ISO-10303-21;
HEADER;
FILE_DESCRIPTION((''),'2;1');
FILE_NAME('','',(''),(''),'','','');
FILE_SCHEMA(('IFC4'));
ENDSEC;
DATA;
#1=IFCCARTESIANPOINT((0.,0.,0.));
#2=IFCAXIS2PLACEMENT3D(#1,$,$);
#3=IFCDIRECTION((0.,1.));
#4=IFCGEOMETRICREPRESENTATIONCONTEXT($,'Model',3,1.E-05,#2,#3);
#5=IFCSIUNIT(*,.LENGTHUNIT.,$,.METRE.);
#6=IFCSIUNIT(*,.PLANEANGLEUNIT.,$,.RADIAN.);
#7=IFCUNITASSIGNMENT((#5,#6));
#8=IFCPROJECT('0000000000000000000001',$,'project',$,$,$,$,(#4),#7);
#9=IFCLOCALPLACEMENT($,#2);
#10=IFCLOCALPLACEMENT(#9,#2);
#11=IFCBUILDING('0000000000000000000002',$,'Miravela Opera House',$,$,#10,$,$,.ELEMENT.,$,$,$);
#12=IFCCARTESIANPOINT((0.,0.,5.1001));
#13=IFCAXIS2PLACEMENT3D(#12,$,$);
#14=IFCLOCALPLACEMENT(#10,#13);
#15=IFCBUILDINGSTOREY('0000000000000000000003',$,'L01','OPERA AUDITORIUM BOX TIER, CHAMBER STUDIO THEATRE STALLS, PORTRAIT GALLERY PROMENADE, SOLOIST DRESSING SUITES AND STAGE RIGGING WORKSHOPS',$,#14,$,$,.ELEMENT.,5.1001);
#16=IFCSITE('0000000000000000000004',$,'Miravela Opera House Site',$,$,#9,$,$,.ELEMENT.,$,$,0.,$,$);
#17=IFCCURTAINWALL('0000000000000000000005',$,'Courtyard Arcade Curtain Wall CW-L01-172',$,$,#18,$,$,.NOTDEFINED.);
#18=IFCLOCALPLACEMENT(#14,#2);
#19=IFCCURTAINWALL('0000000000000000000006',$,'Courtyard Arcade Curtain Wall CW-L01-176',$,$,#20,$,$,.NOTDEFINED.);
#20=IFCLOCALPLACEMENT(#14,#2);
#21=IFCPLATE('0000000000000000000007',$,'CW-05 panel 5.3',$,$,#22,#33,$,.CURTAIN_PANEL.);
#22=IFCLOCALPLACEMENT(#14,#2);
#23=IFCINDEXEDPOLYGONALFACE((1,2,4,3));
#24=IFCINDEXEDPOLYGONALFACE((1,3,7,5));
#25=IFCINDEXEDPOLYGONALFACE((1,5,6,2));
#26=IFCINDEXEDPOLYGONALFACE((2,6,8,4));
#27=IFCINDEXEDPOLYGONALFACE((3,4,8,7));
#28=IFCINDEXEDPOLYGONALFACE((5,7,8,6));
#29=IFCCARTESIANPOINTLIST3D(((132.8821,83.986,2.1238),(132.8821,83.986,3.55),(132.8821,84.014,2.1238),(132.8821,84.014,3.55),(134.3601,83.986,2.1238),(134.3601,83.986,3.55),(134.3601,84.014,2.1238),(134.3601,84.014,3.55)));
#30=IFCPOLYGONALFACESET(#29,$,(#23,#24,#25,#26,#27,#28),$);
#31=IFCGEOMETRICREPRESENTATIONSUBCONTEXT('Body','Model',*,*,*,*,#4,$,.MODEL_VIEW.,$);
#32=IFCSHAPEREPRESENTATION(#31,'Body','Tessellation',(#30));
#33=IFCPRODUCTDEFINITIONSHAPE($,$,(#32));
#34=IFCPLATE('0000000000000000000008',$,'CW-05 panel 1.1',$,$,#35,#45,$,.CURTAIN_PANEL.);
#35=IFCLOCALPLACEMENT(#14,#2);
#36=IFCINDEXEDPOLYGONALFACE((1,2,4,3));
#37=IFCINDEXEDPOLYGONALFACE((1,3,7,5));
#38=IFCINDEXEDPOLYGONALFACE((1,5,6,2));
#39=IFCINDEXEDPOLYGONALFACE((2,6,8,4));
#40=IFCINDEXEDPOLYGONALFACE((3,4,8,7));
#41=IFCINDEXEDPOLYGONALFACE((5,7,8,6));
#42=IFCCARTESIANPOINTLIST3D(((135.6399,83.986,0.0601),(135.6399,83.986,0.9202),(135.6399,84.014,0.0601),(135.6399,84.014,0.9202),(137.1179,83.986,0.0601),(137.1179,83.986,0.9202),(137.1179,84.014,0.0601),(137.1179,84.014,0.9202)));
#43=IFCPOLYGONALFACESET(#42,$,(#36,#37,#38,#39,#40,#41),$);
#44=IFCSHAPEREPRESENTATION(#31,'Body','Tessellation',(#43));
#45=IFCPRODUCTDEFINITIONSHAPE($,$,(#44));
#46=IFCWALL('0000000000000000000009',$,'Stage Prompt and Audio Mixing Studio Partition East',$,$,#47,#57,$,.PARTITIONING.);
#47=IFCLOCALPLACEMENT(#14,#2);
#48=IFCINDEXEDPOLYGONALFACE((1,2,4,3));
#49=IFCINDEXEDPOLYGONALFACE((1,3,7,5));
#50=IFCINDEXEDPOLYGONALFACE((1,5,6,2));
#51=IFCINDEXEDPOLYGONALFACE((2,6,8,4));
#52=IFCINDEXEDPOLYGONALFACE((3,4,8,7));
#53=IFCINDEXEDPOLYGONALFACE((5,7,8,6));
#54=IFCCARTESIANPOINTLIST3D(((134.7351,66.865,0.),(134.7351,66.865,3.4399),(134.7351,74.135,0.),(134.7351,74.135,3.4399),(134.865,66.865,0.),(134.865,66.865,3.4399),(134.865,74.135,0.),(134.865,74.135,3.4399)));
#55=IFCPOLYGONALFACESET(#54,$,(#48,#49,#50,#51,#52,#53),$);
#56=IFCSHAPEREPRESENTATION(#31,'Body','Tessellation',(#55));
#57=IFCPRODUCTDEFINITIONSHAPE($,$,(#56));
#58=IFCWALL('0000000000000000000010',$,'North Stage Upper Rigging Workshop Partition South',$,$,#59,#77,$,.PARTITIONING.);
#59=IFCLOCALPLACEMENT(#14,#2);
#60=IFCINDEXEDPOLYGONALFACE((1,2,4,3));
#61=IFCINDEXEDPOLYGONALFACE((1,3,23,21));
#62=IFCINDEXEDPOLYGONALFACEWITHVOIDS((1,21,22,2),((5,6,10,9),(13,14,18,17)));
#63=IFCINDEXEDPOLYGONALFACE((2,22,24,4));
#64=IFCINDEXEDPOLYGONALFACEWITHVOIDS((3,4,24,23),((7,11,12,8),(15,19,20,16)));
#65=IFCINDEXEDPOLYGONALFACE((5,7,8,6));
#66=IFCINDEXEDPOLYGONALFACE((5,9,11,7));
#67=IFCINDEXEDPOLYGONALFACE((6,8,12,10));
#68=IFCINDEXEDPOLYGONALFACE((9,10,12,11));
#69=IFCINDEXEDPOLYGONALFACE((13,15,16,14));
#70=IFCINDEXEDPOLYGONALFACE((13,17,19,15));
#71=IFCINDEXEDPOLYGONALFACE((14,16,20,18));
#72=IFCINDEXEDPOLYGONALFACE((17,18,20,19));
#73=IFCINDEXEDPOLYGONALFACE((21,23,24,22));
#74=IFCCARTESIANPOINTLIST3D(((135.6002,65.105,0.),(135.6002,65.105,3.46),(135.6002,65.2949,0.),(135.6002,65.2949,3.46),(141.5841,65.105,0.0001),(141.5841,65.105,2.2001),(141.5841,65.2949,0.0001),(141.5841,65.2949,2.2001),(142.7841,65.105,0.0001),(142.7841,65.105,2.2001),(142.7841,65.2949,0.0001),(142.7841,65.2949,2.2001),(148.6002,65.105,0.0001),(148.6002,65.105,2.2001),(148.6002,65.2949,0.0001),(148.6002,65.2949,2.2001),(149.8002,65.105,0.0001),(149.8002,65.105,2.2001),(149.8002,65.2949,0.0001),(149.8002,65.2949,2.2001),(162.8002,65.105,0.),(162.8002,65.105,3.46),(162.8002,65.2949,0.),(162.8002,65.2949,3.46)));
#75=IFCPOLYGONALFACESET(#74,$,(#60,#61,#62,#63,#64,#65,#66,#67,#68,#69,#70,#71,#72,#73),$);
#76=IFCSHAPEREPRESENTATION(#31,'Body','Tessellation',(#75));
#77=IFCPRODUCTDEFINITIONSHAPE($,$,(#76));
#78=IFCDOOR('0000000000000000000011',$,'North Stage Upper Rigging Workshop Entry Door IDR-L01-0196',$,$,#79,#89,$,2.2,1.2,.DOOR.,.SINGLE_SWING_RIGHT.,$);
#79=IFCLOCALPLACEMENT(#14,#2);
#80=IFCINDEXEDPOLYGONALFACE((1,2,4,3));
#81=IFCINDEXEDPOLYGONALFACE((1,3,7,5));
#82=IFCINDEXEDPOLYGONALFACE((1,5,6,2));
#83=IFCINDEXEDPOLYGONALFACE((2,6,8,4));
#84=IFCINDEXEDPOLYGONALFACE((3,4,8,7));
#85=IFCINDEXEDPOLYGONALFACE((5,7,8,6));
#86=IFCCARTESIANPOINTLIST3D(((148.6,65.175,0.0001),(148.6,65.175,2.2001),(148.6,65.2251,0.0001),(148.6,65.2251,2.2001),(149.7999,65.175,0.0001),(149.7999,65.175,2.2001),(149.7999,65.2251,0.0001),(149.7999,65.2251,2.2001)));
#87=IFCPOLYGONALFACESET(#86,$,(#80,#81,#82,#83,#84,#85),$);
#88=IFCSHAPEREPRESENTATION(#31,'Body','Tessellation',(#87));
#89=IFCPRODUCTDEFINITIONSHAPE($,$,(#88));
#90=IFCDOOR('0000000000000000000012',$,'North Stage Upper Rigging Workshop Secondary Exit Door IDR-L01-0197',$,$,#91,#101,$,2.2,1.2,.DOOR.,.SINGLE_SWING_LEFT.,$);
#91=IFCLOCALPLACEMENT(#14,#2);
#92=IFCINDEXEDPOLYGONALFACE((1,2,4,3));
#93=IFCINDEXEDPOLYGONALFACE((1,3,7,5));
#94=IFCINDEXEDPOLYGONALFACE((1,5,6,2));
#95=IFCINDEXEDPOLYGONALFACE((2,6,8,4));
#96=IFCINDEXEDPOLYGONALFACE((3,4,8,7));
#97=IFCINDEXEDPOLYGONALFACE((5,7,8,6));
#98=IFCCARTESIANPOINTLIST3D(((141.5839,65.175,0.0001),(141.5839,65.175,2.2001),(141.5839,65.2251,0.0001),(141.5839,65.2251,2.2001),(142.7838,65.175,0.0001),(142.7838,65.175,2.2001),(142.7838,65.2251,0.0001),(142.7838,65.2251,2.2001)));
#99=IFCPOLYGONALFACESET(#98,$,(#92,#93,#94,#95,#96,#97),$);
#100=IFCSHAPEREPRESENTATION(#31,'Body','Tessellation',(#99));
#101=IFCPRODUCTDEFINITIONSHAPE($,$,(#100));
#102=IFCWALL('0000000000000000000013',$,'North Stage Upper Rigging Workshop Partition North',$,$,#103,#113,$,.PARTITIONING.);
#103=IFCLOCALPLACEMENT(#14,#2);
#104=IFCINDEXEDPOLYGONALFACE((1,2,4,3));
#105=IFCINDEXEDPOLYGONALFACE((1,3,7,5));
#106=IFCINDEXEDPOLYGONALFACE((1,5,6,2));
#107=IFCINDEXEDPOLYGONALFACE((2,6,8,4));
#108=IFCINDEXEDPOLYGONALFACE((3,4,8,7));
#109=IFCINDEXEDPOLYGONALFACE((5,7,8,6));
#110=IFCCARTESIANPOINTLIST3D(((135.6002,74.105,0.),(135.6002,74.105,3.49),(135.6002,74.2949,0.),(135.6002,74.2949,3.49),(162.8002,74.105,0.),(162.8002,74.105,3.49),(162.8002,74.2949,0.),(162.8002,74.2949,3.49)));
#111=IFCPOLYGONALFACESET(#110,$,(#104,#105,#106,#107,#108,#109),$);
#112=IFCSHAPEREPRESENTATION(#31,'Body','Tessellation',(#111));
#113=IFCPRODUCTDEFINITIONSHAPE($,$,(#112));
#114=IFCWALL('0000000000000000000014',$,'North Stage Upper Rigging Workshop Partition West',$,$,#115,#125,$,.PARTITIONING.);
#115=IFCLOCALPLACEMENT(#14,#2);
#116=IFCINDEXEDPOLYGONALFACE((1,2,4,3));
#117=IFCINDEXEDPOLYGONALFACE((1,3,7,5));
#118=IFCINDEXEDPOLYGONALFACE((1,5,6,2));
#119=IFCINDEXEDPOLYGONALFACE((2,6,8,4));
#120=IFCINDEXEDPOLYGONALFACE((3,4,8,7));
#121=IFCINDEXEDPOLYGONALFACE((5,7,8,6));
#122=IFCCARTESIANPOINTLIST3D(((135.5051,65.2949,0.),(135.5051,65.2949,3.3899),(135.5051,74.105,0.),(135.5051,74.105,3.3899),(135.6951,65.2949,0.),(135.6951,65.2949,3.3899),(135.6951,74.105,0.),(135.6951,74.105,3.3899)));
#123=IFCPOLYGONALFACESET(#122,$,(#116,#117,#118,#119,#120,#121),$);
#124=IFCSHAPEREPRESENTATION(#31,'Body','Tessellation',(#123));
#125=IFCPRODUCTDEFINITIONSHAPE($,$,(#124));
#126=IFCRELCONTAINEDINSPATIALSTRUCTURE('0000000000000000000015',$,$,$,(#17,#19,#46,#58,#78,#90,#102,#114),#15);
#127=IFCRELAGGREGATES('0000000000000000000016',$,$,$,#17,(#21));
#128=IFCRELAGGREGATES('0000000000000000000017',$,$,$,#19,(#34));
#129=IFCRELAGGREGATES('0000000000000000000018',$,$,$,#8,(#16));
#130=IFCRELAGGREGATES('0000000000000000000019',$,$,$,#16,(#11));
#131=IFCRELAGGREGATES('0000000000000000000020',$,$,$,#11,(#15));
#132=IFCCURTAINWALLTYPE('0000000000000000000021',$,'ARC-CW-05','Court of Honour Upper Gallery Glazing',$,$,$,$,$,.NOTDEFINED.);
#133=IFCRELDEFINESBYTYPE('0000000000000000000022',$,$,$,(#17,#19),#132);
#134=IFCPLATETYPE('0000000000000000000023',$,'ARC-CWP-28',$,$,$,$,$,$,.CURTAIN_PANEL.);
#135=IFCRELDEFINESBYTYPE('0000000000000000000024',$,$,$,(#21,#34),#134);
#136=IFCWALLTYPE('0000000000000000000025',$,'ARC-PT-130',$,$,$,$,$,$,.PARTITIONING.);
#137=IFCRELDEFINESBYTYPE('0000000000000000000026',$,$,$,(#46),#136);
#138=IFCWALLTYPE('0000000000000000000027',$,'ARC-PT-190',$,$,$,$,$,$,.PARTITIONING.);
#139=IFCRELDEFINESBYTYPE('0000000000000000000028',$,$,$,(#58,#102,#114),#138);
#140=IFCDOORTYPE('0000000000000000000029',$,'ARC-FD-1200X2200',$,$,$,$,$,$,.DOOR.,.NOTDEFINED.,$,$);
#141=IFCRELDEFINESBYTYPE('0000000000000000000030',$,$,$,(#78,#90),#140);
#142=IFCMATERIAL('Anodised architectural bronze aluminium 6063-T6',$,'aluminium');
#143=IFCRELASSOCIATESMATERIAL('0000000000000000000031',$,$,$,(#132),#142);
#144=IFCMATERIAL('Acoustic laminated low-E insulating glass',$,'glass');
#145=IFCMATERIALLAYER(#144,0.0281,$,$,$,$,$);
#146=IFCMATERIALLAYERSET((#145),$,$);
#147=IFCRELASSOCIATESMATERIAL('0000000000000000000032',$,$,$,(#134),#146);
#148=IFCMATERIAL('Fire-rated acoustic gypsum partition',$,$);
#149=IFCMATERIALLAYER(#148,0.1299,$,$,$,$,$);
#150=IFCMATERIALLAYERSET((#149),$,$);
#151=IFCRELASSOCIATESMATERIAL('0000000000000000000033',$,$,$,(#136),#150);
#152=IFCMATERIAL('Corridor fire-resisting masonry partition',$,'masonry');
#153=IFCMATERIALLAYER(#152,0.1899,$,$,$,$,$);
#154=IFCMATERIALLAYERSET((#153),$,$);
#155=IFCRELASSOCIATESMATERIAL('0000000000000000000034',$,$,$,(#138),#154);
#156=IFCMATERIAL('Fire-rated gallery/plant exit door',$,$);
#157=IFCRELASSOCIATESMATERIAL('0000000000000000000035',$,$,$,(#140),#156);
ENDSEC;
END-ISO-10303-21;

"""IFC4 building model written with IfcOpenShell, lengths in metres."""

from ifc_helpers import new_model, si_unit, direction, frame, frame_2d, origin, origin_2d, place, context, subcontext, project, spatial, rectangle, extrude, material, layer, layer_set, type_object, element, fill, aggregate, save


model = new_model("IFC4")

# Units and contexts
model_context = context("Model", 3, precision=1e-05, world=origin(), true_north=direction((0.0, 1.0)))
body_context = subcontext(model_context, "Body", "Model", "MODEL_VIEW")
ifc_project = project(units=[si_unit("LENGTHUNIT", "METRE"), si_unit("PLANEANGLEUNIT", "RADIAN")], contexts=[model_context])

# Site, building, storey
site_placement = place(None, origin())
site = spatial("IfcSite", under=ifc_project, at=site_placement, Name="Miravela Opera House Site", CompositionType="ELEMENT", RefElevation=0.0)
building_placement = place(site_placement, origin())
building = spatial("IfcBuilding", under=site, at=building_placement, Name="Miravela Opera House", CompositionType="ELEMENT")
storey_placement = place(building_placement, frame((0.0, 0.0, 5.1001)))
storey = spatial("IfcBuildingStorey", under=building, at=storey_placement, Name="L01", Description="OPERA AUDITORIUM BOX TIER, CHAMBER STUDIO THEATRE STALLS, PORTRAIT GALLERY PROMENADE, SOLOIST DRESSING SUITES AND STAGE RIGGING WORKSHOPS", CompositionType="ELEMENT", Elevation=5.1001)

# Curtain wall
ifc_material_1 = material(Name="Anodised architectural bronze aluminium 6063-T6", Category="aluminium")
curtain_wall_type = type_object("IfcCurtainWallType", Name="ARC-CW-05", Description="Court of Honour Upper Gallery Glazing", PredefinedType="NOTDEFINED", material=ifc_material_1)
curtain_wall_1_placement = place(storey_placement, origin())
curtain_wall_1 = element("IfcCurtainWall", 1, at=curtain_wall_1_placement, inside=storey, type_object=curtain_wall_type, Name="Courtyard Arcade Curtain Wall CW-L01-172", PredefinedType="NOTDEFINED")

# Curtain wall
curtain_wall_2_placement = place(storey_placement, origin())
curtain_wall_2 = element("IfcCurtainWall", 2, at=curtain_wall_2_placement, inside=storey, type_object=curtain_wall_type, Name="Courtyard Arcade Curtain Wall CW-L01-176", PredefinedType="NOTDEFINED")

# Plates
ifc_material_2 = material(Name="Acoustic laminated low-E insulating glass", Category="glass")
ifc_layer_1 = layer(ifc_material_2, 0.0281)
ifc_layer_set_1 = layer_set([ifc_layer_1])
plate_type = type_object("IfcPlateType", Name="ARC-CWP-28", PredefinedType="CURTAIN_PANEL", material=ifc_layer_set_1)
plate_1_placement = place(storey_placement, frame((133.6211, 84.0, 2.1238), z_axis=(0.0, 0.0, 1.0), x_axis=(1.0, 0.0, 0.0)))
plate_1 = element("IfcPlate", 3, at=plate_1_placement, type_object=plate_type, Name="CW-05 panel 5.3", PredefinedType="CURTAIN_PANEL", context=body_context, shape_type="SweptSolid", body=[
    extrude(rectangle(XDim=1.478, YDim=0.0281, at=origin_2d()), origin(), (0.0, 0.0, 1.0), 1.4263),
])
aggregate(curtain_wall_1, [plate_1])
plate_2_placement = place(storey_placement, frame((136.3789, 84.0, 0.0601), z_axis=(0.0, 0.0, 1.0), x_axis=(1.0, 0.0, 0.0)))
plate_2 = element("IfcPlate", 4, at=plate_2_placement, type_object=plate_type, Name="CW-05 panel 1.1", PredefinedType="CURTAIN_PANEL", context=body_context, shape_type="SweptSolid", body=[
    extrude(rectangle(XDim=1.478, YDim=0.0281, at=origin_2d()), origin(), (0.0, 0.0, 1.0), 0.8601),
])
aggregate(curtain_wall_2, [plate_2])

# Wall
ifc_material_3 = material(Name="Fire-rated acoustic gypsum partition")
ifc_layer_2 = layer(ifc_material_3, 0.1299)
ifc_layer_set_2 = layer_set([ifc_layer_2])
wall_type_1 = type_object("IfcWallType", Name="ARC-PT-130", PredefinedType="PARTITIONING", material=ifc_layer_set_2)
wall_1_placement = place(storey_placement, frame((134.8, 66.865, 0.0), z_axis=(0.0, 0.0, 1.0), x_axis=(0.0, 1.0, 0.0)))
element("IfcWall", 5, at=wall_1_placement, inside=storey, type_object=wall_type_1, Name="Stage Prompt and Audio Mixing Studio Partition East", PredefinedType="PARTITIONING", context=body_context, shape_type="SweptSolid", body=[
    extrude(rectangle(XDim=7.27, YDim=0.1299, at=frame_2d((3.635, 0.0))), origin(), (0.0, 0.0, 1.0), 3.4399),
])

# Wall, openings, doors
ifc_material_4 = material(Name="Corridor fire-resisting masonry partition", Category="masonry")
ifc_layer_3 = layer(ifc_material_4, 0.1899)
ifc_layer_set_3 = layer_set([ifc_layer_3])
wall_type_2 = type_object("IfcWallType", Name="ARC-PT-190", PredefinedType="PARTITIONING", material=ifc_layer_set_3)
wall_2_placement = place(storey_placement, frame((135.6001, 65.2, 0.0), z_axis=(0.0, 0.0, 1.0), x_axis=(1.0, 0.0, 0.0)))
wall_2 = element("IfcWall", 6, at=wall_2_placement, inside=storey, type_object=wall_type_2, Name="North Stage Upper Rigging Workshop Partition South", PredefinedType="PARTITIONING", context=body_context, shape_type="SweptSolid", body=[
    extrude(rectangle(XDim=27.2, YDim=0.1899, at=frame_2d((13.6001, 0.0))), origin(), (0.0, 0.0, 1.0), 3.46),
])
opening_1_placement = place(wall_2_placement, frame((13.0, 0.0, 0.0)))
opening_1 = element("IfcOpeningElement", 7, at=opening_1_placement, cuts=wall_2, PredefinedType="OPENING", context=body_context, shape_type="SweptSolid", body=[
    extrude(rectangle(XDim=1.2, YDim=2.2, at=frame_2d((0.6001, 1.1001))), frame((0.0, 0.105, 0.0), z_axis=(0.0, -1.0, 0.0), x_axis=(1.0, 0.0, 0.0)), (0.0, 0.0, 1.0), 0.21),
])
opening_2_placement = place(wall_2_placement, frame((5.9839, 0.0, 0.0)))
opening_2 = element("IfcOpeningElement", 8, at=opening_2_placement, cuts=wall_2, PredefinedType="OPENING", context=body_context, shape_type="SweptSolid", body=[
    extrude(rectangle(XDim=1.2, YDim=2.2, at=frame_2d((0.6001, 1.1001))), frame((0.0, 0.105, 0.0), z_axis=(0.0, -1.0, 0.0), x_axis=(1.0, 0.0, 0.0)), (0.0, 0.0, 1.0), 0.21),
])
ifc_material_5 = material(Name="Fire-rated gallery/plant exit door")
door_type = type_object("IfcDoorType", Name="ARC-FD-1200X2200", OperationType="NOTDEFINED", PredefinedType="DOOR", material=ifc_material_5)
door_1_placement = place(opening_1_placement, frame((1.2, 0.0, 0.0), z_axis=(0.0, 0.0, 1.0), x_axis=(-1.0, 0.0, 0.0)))
door_1 = element("IfcDoor", 9, at=door_1_placement, inside=storey, type_object=door_type, Name="North Stage Upper Rigging Workshop Entry Door IDR-L01-0196", OperationType="SINGLE_SWING_RIGHT", OverallHeight=2.2, OverallWidth=1.2, PredefinedType="DOOR", context=body_context, shape_type="SweptSolid", body=[
    extrude(rectangle(XDim=1.2, YDim=2.2, at=frame_2d((0.6001, 1.1001))), frame((0.0, 0.0249, 0.0), z_axis=(0.0, -1.0, 0.0), x_axis=(1.0, 0.0, 0.0)), (0.0, 0.0, 1.0), 0.05),
])
fill(opening_1, door_1)
door_2_placement = place(opening_2_placement, frame((1.2, 0.0, 0.0), z_axis=(0.0, 0.0, 1.0), x_axis=(-1.0, 0.0, 0.0)))
door_2 = element("IfcDoor", 10, at=door_2_placement, inside=storey, type_object=door_type, Name="North Stage Upper Rigging Workshop Secondary Exit Door IDR-L01-0197", OperationType="SINGLE_SWING_LEFT", OverallHeight=2.2, OverallWidth=1.2, PredefinedType="DOOR", context=body_context, shape_type="SweptSolid", body=[
    extrude(rectangle(XDim=1.2, YDim=2.2, at=frame_2d((0.6001, 1.1001))), frame((0.0, 0.0249, 0.0), z_axis=(0.0, -1.0, 0.0), x_axis=(1.0, 0.0, 0.0)), (0.0, 0.0, 1.0), 0.05),
])
fill(opening_2, door_2)

# Walls
wall_3_placement = place(storey_placement, frame((135.6001, 74.2, 0.0), z_axis=(0.0, 0.0, 1.0), x_axis=(1.0, 0.0, 0.0)))
element("IfcWall", 11, at=wall_3_placement, inside=storey, type_object=wall_type_2, Name="North Stage Upper Rigging Workshop Partition North", PredefinedType="PARTITIONING", context=body_context, shape_type="SweptSolid", body=[
    extrude(rectangle(XDim=27.2, YDim=0.1899, at=frame_2d((13.6001, 0.0))), origin(), (0.0, 0.0, 1.0), 3.49),
])
wall_4_placement = place(storey_placement, frame((135.6001, 65.2949, 0.0), z_axis=(0.0, 0.0, 1.0), x_axis=(0.0, 1.0, 0.0)))
element("IfcWall", 12, at=wall_4_placement, inside=storey, type_object=wall_type_2, Name="North Stage Upper Rigging Workshop Partition West", PredefinedType="PARTITIONING", context=body_context, shape_type="SweptSolid", body=[
    extrude(rectangle(XDim=8.8101, YDim=0.1899, at=frame_2d((4.405, 0.0))), origin(), (0.0, 0.0, 1.0), 3.3899),
])

save(model, "model.ifc")
